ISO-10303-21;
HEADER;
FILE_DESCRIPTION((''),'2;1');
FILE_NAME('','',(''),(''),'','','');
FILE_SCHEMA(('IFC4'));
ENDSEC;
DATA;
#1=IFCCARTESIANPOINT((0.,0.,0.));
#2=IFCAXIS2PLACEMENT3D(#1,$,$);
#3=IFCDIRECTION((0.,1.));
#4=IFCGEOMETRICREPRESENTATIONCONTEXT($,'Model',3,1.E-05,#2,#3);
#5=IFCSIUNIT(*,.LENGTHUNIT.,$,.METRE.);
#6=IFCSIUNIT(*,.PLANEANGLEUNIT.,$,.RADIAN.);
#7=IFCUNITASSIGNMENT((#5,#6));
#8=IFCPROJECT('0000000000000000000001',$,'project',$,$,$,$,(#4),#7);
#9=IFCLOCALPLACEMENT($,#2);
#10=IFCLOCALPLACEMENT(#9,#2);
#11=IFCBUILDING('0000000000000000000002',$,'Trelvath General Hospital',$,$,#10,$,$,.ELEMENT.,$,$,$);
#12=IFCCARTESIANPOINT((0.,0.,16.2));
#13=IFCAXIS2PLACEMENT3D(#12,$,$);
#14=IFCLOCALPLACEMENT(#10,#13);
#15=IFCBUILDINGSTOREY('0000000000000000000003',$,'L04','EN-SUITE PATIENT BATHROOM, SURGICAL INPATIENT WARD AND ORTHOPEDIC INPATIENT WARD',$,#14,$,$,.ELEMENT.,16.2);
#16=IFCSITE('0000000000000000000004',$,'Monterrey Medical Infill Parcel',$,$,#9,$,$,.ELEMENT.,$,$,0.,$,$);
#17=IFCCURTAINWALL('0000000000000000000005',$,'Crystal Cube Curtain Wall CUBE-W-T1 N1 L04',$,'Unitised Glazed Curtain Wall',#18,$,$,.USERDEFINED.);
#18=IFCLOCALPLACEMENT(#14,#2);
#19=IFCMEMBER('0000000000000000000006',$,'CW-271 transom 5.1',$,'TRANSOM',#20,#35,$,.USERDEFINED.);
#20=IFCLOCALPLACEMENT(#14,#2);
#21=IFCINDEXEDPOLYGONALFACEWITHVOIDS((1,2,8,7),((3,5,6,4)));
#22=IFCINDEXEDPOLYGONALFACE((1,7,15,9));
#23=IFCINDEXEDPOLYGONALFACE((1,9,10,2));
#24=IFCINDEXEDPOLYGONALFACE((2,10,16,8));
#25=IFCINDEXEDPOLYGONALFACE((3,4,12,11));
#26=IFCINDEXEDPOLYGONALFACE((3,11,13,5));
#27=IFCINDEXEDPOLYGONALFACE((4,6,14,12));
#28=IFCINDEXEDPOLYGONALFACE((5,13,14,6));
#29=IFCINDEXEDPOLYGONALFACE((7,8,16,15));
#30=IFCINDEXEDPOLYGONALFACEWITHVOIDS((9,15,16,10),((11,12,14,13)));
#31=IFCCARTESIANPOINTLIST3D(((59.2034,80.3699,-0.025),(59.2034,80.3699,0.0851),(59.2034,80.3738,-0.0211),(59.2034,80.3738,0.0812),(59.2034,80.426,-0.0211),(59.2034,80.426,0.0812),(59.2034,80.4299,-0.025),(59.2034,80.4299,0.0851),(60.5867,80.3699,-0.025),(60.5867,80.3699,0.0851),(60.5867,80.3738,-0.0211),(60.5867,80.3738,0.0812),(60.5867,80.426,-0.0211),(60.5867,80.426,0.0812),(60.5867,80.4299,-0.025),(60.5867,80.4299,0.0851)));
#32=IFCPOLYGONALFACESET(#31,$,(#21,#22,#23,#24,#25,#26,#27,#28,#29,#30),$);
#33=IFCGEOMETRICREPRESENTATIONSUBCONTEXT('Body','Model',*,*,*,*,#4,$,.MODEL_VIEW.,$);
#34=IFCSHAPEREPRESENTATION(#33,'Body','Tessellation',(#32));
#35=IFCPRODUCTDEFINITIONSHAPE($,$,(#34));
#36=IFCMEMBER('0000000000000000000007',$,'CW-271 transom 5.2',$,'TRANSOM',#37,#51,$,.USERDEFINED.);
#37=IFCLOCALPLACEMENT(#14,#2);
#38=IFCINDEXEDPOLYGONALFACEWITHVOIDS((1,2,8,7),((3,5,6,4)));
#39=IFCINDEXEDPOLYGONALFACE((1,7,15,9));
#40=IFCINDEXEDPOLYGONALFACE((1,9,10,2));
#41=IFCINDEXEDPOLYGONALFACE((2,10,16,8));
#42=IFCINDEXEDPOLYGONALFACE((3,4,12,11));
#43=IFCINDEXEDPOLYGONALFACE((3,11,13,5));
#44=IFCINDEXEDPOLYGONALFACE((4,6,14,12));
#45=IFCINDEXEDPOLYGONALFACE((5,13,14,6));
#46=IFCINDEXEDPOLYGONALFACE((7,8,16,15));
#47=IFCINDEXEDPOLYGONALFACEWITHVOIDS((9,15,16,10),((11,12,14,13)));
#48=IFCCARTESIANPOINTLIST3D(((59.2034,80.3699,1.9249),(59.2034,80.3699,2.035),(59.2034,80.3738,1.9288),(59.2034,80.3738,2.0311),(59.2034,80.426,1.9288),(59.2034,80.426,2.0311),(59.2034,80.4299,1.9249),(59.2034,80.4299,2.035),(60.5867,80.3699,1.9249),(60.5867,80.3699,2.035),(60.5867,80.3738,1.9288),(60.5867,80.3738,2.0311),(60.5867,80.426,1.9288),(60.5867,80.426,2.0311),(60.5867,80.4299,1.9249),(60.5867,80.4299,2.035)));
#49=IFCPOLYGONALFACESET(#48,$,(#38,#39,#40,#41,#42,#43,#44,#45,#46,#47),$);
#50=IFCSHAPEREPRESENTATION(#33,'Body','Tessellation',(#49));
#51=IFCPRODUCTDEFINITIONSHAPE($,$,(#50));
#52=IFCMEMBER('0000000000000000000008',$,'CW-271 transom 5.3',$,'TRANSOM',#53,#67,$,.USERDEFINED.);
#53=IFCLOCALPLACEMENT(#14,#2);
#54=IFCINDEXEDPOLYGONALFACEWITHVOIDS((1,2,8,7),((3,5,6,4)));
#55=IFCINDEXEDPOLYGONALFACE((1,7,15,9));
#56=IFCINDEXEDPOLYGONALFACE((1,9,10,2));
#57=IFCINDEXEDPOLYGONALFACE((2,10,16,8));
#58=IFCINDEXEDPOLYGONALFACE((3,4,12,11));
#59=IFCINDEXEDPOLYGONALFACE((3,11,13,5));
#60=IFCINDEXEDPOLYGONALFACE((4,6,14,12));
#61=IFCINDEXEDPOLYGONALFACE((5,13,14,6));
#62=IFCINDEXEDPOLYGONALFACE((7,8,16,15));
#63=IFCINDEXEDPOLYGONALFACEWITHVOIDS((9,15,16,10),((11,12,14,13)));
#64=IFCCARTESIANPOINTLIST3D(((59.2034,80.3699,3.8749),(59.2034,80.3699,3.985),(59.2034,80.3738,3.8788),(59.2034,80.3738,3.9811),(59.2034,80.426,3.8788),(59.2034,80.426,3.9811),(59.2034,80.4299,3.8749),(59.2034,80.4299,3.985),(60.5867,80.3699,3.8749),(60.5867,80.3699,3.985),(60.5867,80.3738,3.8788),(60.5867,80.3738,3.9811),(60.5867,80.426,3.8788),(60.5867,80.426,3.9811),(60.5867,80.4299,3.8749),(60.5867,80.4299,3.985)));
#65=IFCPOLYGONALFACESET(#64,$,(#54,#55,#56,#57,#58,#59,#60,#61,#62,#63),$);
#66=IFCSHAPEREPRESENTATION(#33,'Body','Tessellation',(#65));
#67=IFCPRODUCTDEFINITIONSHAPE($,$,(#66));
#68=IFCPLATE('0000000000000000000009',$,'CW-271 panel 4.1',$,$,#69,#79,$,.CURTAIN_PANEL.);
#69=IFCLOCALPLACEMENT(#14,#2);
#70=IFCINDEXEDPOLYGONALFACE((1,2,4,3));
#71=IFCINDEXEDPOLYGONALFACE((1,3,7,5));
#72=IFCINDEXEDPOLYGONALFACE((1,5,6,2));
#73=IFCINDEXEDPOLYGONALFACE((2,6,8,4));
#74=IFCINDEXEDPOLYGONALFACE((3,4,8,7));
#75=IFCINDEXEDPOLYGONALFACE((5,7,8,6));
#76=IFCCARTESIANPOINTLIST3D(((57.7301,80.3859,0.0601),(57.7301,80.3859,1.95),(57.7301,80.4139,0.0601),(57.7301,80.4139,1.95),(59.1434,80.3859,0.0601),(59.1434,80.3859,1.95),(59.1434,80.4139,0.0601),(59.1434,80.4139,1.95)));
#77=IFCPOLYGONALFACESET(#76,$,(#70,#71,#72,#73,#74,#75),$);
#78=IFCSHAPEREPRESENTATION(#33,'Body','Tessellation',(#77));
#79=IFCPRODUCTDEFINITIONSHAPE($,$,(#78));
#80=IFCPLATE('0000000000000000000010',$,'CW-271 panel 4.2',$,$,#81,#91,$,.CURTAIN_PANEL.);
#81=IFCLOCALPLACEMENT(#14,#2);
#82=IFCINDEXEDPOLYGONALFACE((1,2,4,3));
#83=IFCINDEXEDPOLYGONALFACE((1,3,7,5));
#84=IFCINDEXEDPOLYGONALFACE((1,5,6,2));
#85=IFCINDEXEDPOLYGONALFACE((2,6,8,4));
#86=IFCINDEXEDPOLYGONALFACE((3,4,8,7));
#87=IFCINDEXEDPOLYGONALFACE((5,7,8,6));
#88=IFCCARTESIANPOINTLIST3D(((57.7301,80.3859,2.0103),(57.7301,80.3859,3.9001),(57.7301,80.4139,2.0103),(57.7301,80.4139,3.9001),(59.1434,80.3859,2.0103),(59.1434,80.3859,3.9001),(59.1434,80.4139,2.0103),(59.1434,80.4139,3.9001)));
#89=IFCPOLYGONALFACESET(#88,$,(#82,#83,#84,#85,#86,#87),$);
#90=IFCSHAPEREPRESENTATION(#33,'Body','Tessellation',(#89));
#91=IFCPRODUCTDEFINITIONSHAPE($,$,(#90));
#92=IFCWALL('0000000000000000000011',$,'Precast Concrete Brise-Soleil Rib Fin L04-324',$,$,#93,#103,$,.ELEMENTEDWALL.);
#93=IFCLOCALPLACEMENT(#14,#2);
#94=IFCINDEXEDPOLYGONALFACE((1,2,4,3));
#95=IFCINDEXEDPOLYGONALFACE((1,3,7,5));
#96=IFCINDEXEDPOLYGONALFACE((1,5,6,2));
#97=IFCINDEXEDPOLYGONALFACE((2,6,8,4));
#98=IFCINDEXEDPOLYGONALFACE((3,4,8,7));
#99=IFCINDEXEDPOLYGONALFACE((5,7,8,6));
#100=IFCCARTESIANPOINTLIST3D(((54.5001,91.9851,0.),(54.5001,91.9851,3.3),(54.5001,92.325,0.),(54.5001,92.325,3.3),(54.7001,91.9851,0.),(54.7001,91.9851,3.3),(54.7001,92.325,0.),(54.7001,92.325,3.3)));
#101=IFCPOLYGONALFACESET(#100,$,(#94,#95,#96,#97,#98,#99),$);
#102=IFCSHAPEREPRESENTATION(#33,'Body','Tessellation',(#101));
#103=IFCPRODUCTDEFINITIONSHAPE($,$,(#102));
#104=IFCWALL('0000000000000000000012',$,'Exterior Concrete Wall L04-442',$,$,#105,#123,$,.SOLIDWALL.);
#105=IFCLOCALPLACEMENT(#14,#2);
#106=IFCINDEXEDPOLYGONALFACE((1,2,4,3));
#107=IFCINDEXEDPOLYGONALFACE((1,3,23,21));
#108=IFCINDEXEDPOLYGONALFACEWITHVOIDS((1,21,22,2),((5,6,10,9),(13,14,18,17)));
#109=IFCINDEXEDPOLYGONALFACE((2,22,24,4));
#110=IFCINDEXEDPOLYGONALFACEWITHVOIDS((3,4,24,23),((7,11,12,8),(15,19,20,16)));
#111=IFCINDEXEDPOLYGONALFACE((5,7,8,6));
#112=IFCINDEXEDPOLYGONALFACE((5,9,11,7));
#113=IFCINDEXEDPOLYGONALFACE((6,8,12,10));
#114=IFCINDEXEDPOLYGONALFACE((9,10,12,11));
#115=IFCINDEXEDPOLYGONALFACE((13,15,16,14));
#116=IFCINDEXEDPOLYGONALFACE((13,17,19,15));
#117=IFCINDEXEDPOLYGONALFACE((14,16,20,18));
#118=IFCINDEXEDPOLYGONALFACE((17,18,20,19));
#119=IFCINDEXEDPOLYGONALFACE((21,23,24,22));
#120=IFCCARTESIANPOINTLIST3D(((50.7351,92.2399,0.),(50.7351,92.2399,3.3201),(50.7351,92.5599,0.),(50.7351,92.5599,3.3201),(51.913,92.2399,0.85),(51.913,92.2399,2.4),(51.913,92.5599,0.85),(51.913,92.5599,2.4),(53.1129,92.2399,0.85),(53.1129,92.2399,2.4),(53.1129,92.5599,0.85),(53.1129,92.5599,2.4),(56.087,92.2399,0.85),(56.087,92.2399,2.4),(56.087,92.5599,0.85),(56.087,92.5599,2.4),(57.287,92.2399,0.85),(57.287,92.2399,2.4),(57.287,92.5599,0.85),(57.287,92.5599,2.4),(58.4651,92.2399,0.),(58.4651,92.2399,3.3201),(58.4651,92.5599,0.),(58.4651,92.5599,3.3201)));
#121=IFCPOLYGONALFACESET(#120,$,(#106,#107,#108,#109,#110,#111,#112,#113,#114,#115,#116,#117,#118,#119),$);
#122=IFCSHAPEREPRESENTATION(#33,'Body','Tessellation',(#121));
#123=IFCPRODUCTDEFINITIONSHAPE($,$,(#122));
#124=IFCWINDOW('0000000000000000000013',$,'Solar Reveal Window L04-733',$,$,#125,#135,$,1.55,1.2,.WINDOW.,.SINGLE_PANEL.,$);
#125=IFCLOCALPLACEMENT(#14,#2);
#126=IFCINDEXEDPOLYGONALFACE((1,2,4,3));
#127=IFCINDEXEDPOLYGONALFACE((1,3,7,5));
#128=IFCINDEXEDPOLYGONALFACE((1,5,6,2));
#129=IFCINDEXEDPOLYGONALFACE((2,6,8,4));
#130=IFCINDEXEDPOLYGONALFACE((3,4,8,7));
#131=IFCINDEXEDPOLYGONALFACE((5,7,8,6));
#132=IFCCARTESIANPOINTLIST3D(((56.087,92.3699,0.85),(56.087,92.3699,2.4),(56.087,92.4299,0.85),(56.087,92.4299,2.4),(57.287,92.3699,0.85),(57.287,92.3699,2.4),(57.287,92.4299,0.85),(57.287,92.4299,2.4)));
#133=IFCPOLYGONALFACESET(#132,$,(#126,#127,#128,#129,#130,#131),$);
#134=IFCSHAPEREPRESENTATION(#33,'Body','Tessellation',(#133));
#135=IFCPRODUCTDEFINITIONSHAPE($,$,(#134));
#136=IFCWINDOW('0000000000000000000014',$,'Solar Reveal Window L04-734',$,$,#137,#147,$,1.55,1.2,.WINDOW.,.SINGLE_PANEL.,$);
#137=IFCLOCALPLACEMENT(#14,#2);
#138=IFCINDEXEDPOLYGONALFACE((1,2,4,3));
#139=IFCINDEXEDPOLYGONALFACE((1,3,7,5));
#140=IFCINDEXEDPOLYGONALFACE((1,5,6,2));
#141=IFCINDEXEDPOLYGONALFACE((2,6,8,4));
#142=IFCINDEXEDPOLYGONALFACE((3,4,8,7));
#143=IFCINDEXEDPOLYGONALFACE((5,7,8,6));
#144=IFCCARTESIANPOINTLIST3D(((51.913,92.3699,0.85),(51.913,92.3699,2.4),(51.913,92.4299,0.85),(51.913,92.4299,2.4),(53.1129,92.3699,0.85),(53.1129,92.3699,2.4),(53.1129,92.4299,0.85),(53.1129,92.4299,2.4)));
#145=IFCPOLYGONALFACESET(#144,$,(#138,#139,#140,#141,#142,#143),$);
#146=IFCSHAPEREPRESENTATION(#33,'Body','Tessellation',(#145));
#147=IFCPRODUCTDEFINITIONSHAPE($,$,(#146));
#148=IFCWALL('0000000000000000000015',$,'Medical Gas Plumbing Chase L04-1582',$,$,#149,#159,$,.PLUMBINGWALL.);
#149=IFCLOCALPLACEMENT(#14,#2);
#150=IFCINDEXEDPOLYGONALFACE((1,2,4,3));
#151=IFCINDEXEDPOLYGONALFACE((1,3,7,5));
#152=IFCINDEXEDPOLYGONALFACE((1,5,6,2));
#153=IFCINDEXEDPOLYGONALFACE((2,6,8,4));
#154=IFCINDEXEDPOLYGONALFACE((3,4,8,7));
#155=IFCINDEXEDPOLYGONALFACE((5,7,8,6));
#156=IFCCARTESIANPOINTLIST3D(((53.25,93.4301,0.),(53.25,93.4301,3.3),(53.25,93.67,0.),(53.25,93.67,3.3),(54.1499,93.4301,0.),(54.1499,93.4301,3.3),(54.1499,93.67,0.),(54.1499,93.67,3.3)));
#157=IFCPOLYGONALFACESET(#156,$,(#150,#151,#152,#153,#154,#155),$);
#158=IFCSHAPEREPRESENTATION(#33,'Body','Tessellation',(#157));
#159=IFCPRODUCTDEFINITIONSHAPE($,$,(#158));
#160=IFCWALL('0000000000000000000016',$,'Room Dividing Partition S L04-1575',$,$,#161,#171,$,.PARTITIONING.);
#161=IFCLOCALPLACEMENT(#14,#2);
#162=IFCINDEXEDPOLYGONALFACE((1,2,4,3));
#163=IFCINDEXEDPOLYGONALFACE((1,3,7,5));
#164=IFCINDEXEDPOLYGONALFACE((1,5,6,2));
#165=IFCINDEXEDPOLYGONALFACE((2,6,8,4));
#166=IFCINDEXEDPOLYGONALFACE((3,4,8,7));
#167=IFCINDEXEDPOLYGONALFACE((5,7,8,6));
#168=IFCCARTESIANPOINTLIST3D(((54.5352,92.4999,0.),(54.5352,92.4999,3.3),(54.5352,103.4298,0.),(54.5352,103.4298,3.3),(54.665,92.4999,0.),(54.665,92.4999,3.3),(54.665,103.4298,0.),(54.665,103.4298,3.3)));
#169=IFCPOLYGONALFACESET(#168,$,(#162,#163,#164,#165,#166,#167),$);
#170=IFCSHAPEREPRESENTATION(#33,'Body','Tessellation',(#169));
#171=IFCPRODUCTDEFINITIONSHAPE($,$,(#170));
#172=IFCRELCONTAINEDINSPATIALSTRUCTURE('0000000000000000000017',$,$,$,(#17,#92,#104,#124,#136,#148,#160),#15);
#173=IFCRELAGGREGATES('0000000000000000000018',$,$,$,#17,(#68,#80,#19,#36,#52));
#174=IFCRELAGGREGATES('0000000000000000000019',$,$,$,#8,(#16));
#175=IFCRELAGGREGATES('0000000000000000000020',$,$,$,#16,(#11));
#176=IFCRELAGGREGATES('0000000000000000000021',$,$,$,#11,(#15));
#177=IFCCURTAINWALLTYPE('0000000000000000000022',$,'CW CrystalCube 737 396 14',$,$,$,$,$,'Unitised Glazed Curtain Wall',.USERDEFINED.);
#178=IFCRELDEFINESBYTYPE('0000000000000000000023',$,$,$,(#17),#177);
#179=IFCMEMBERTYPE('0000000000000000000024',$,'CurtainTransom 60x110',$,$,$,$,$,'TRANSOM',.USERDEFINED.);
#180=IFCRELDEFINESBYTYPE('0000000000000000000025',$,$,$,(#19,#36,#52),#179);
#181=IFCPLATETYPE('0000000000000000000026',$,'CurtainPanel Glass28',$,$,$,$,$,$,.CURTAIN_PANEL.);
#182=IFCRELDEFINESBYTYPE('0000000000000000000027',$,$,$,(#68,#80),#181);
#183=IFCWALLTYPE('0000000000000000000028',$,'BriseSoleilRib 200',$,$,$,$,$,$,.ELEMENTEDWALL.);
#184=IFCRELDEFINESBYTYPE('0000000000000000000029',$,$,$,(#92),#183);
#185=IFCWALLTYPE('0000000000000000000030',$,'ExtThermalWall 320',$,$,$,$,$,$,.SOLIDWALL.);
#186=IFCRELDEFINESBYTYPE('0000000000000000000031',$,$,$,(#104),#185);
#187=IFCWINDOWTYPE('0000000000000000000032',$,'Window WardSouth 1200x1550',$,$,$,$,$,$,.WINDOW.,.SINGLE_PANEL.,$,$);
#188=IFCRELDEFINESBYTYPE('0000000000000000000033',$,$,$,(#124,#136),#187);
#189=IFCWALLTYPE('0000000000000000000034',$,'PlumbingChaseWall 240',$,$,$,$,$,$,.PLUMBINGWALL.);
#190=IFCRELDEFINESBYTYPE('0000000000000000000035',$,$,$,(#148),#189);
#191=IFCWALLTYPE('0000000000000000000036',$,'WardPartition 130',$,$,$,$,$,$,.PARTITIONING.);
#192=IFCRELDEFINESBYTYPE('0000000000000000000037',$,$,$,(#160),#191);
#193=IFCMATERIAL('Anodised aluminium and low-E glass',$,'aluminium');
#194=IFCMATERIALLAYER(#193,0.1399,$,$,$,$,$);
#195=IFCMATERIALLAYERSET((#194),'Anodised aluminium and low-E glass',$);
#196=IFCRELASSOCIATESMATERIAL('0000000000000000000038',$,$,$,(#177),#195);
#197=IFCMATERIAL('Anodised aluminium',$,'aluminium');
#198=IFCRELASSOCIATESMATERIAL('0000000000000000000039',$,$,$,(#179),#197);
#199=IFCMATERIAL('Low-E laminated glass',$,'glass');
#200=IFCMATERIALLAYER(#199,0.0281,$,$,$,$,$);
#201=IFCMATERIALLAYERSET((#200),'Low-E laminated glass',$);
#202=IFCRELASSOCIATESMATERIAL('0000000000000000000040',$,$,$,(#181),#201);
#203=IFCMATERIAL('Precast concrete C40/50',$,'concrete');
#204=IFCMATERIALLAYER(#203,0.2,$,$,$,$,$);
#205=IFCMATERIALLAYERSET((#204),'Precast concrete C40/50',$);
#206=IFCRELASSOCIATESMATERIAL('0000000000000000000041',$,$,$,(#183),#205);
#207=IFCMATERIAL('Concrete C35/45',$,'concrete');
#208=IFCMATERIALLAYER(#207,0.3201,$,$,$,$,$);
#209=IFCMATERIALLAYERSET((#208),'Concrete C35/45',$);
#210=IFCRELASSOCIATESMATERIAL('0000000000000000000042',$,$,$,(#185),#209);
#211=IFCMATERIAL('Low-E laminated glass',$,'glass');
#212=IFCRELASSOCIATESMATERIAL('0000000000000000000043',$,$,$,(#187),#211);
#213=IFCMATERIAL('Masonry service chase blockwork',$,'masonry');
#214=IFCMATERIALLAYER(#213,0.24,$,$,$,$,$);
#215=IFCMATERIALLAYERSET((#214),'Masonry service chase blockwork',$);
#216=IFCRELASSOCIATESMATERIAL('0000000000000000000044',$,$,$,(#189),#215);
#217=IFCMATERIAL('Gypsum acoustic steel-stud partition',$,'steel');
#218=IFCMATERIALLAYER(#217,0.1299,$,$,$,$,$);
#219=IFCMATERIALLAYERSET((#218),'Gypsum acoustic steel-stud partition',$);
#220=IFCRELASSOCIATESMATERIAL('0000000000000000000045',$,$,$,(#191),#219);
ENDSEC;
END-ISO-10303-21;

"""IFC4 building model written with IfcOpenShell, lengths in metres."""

from ifc_helpers import new_model, si_unit, direction, frame, frame_2d, origin, origin_2d, place, context, subcontext, project, spatial, rectangle, hollow_rectangle, extrude, material, layer, layer_set, material_profile, profile_set, type_object, element, fill, aggregate, save


model = new_model("IFC4")

# Units and contexts
model_context = context("Model", 3, precision=1e-05, world=origin(), true_north=direction((0.0, 1.0)))
body_context = subcontext(model_context, "Body", "Model", "MODEL_VIEW")
ifc_project = project(units=[si_unit("LENGTHUNIT", "METRE"), si_unit("PLANEANGLEUNIT", "RADIAN")], contexts=[model_context])

# Site, building, storey
site_placement = place(None, origin())
site = spatial("IfcSite", under=ifc_project, at=site_placement, Name="Monterrey Medical Infill Parcel", CompositionType="ELEMENT", RefElevation=0.0)
building_placement = place(site_placement, origin())
building = spatial("IfcBuilding", under=site, at=building_placement, Name="Trelvath General Hospital", CompositionType="ELEMENT")
storey_placement = place(building_placement, frame((0.0, 0.0, 16.2)))
storey = spatial("IfcBuildingStorey", under=building, at=storey_placement, Name="L04", Description="EN-SUITE PATIENT BATHROOM, SURGICAL INPATIENT WARD AND ORTHOPEDIC INPATIENT WARD", CompositionType="ELEMENT", Elevation=16.2)

# Curtain wall, members, plates
ifc_material_1 = material(Name="Anodised aluminium and low-E glass", Category="aluminium")
ifc_layer_1 = layer(ifc_material_1, 0.1399)
ifc_layer_set_1 = layer_set([ifc_layer_1], Name="Anodised aluminium and low-E glass")
curtain_wall_type = type_object("IfcCurtainWallType", Name="CW CrystalCube 737 396 14", ElementType="Unitised Glazed Curtain Wall", PredefinedType="USERDEFINED", material=ifc_layer_set_1)
curtain_wall_placement = place(storey_placement, origin())
curtain_wall = element("IfcCurtainWall", 1, at=curtain_wall_placement, inside=storey, type_object=curtain_wall_type, Name="Crystal Cube Curtain Wall CUBE-W-T1 N1 L04", ObjectType="Unitised Glazed Curtain Wall", PredefinedType="USERDEFINED")
ifc_material_2 = material(Name="Anodised aluminium", Category="aluminium")
ifc_material_profile_1 = material_profile(ifc_material_2, hollow_rectangle(XDim=0.0601, YDim=0.1101, WallThickness=0.0039, at=origin_2d()), Name="RHS60x110x4")
ifc_profile_set_1 = profile_set([ifc_material_profile_1], Name="Anodised aluminium")
member_type_1 = type_object("IfcMemberType", Name="CurtainTransom 60x110", ElementType="TRANSOM", PredefinedType="USERDEFINED", material=ifc_profile_set_1)
member_1_placement = place(storey_placement, frame((59.2034, 80.3999, 0.03), z_axis=(1.0, 0.0, 0.0), x_axis=(0.0, 1.0, 0.0)))
member_1 = element("IfcMember", 2, at=member_1_placement, type_object=member_type_1, Name="CW-271 transom 5.1", ObjectType="TRANSOM", PredefinedType="USERDEFINED", context=body_context, shape_type="SweptSolid", body=[
    extrude(hollow_rectangle(XDim=0.0601, YDim=0.1101, WallThickness=0.0039, at=origin_2d()), origin(), (0.0, 0.0, 1.0), 1.3833),
])
member_2_placement = place(storey_placement, frame((59.2034, 80.3999, 1.98), z_axis=(1.0, 0.0, 0.0), x_axis=(0.0, 1.0, 0.0)))
member_2 = element("IfcMember", 3, at=member_2_placement, type_object=member_type_1, Name="CW-271 transom 5.2", ObjectType="TRANSOM", PredefinedType="USERDEFINED", context=body_context, shape_type="SweptSolid", body=[
    extrude(hollow_rectangle(XDim=0.0601, YDim=0.1101, WallThickness=0.0039, at=origin_2d()), origin(), (0.0, 0.0, 1.0), 1.3833),
])
member_3_placement = place(storey_placement, frame((59.2034, 80.3999, 3.9299), z_axis=(1.0, 0.0, 0.0), x_axis=(0.0, 1.0, 0.0)))
member_3 = element("IfcMember", 4, at=member_3_placement, type_object=member_type_1, Name="CW-271 transom 5.3", ObjectType="TRANSOM", PredefinedType="USERDEFINED", context=body_context, shape_type="SweptSolid", body=[
    extrude(hollow_rectangle(XDim=0.0601, YDim=0.1101, WallThickness=0.0039, at=origin_2d()), origin(), (0.0, 0.0, 1.0), 1.3833),
])
ifc_material_3 = material(Name="Low-E laminated glass", Category="glass")
ifc_layer_2 = layer(ifc_material_3, 0.0281)
ifc_layer_set_2 = layer_set([ifc_layer_2], Name="Low-E laminated glass")
plate_type = type_object("IfcPlateType", Name="CurtainPanel Glass28", PredefinedType="CURTAIN_PANEL", material=ifc_layer_set_2)
plate_1_placement = place(storey_placement, frame((58.4368, 80.3999, 0.0601), z_axis=(0.0, 0.0, 1.0), x_axis=(1.0, 0.0, 0.0)))
plate_1 = element("IfcPlate", 5, at=plate_1_placement, type_object=plate_type, Name="CW-271 panel 4.1", PredefinedType="CURTAIN_PANEL", context=body_context, shape_type="SweptSolid", body=[
    extrude(rectangle(XDim=1.4133, YDim=0.0281, at=origin_2d()), origin(), (0.0, 0.0, 1.0), 1.8899),
])
plate_2_placement = place(storey_placement, frame((58.4368, 80.3999, 2.0103), z_axis=(0.0, 0.0, 1.0), x_axis=(1.0, 0.0, 0.0)))
plate_2 = element("IfcPlate", 6, at=plate_2_placement, type_object=plate_type, Name="CW-271 panel 4.2", PredefinedType="CURTAIN_PANEL", context=body_context, shape_type="SweptSolid", body=[
    extrude(rectangle(XDim=1.4133, YDim=0.0281, at=origin_2d()), origin(), (0.0, 0.0, 1.0), 1.8899),
])
aggregate(curtain_wall, [plate_1, plate_2, member_1, member_2, member_3])

# Wall
ifc_material_4 = material(Name="Precast concrete C40/50", Category="concrete")
ifc_layer_3 = layer(ifc_material_4, 0.2)
ifc_layer_set_3 = layer_set([ifc_layer_3], Name="Precast concrete C40/50")
wall_type_1 = type_object("IfcWallType", Name="BriseSoleilRib 200", PredefinedType="ELEMENTEDWALL", material=ifc_layer_set_3)
wall_1_placement = place(storey_placement, frame((54.6001, 92.325, 0.0), z_axis=(0.0, 0.0, 1.0), x_axis=(0.0, -1.0, 0.0)))
element("IfcWall", 7, at=wall_1_placement, inside=storey, type_object=wall_type_1, Name="Precast Concrete Brise-Soleil Rib Fin L04-324", PredefinedType="ELEMENTEDWALL", context=body_context, shape_type="SweptSolid", body=[
    extrude(rectangle(XDim=0.3398, YDim=0.2, at=frame_2d((0.1699, 0.0))), origin(), (0.0, 0.0, 1.0), 3.3),
])

# Wall, openings, windows
ifc_material_5 = material(Name="Concrete C35/45", Category="concrete")
ifc_layer_4 = layer(ifc_material_5, 0.3201)
ifc_layer_set_4 = layer_set([ifc_layer_4], Name="Concrete C35/45")
wall_type_2 = type_object("IfcWallType", Name="ExtThermalWall 320", PredefinedType="SOLIDWALL", material=ifc_layer_set_4)
wall_2_placement = place(storey_placement, frame((58.4651, 92.3999, 0.0), z_axis=(0.0, 0.0, 1.0), x_axis=(-1.0, 0.0, 0.0)))
wall_2 = element("IfcWall", 8, at=wall_2_placement, inside=storey, type_object=wall_type_2, Name="Exterior Concrete Wall L04-442", PredefinedType="SOLIDWALL", context=body_context, shape_type="SweptSolid", body=[
    extrude(rectangle(XDim=7.73, YDim=0.3201, at=frame_2d((3.865, 0.0))), origin(), (0.0, 0.0, 1.0), 3.3201),
])
opening_1_placement = place(wall_2_placement, frame((1.178, 0.0, 0.8501)))
opening_1 = element("IfcOpeningElement", 9, at=opening_1_placement, cuts=wall_2, PredefinedType="OPENING", context=body_context, shape_type="SweptSolid", body=[
    extrude(rectangle(XDim=1.2, YDim=1.55, at=frame_2d((0.6001, 0.7749))), frame((0.0, 0.1699, 0.0), z_axis=(0.0, -1.0, 0.0), x_axis=(1.0, 0.0, 0.0)), (0.0, 0.0, 1.0), 0.3401),
])
opening_2_placement = place(wall_2_placement, frame((5.3521, 0.0, 0.8501)))
opening_2 = element("IfcOpeningElement", 10, at=opening_2_placement, cuts=wall_2, PredefinedType="OPENING", context=body_context, shape_type="SweptSolid", body=[
    extrude(rectangle(XDim=1.2, YDim=1.55, at=frame_2d((0.6001, 0.7749))), frame((0.0, 0.1699, 0.0), z_axis=(0.0, -1.0, 0.0), x_axis=(1.0, 0.0, 0.0)), (0.0, 0.0, 1.0), 0.3401),
])
ifc_material_6 = material(Name="Low-E laminated glass", Category="glass")
window_type = type_object("IfcWindowType", Name="Window WardSouth 1200x1550", PartitioningType="SINGLE_PANEL", PredefinedType="WINDOW", material=ifc_material_6)
window_1_placement = place(opening_1_placement, origin())
window_1 = element("IfcWindow", 11, at=window_1_placement, inside=storey, type_object=window_type, Name="Solar Reveal Window L04-733", OverallHeight=1.55, OverallWidth=1.2, PartitioningType="SINGLE_PANEL", PredefinedType="WINDOW", context=body_context, shape_type="SweptSolid", body=[
    extrude(rectangle(XDim=1.2, YDim=1.55, at=frame_2d((0.6001, 0.7749))), frame((0.0, 0.03, 0.0), z_axis=(0.0, -1.0, 0.0), x_axis=(1.0, 0.0, 0.0)), (0.0, 0.0, 1.0), 0.0601),
])
fill(opening_1, window_1)
window_2_placement = place(opening_2_placement, origin())
window_2 = element("IfcWindow", 12, at=window_2_placement, inside=storey, type_object=window_type, Name="Solar Reveal Window L04-734", OverallHeight=1.55, OverallWidth=1.2, PartitioningType="SINGLE_PANEL", PredefinedType="WINDOW", context=body_context, shape_type="SweptSolid", body=[
    extrude(rectangle(XDim=1.2, YDim=1.55, at=frame_2d((0.6001, 0.7749))), frame((0.0, 0.03, 0.0), z_axis=(0.0, -1.0, 0.0), x_axis=(1.0, 0.0, 0.0)), (0.0, 0.0, 1.0), 0.0601),
])
fill(opening_2, window_2)

# Walls
ifc_material_7 = material(Name="Masonry service chase blockwork", Category="masonry")
ifc_layer_5 = layer(ifc_material_7, 0.24)
ifc_layer_set_5 = layer_set([ifc_layer_5], Name="Masonry service chase blockwork")
wall_type_3 = type_object("IfcWallType", Name="PlumbingChaseWall 240", PredefinedType="PLUMBINGWALL", material=ifc_layer_set_5)
wall_3_placement = place(storey_placement, frame((53.25, 93.55, 0.0), z_axis=(0.0, 0.0, 1.0), x_axis=(1.0, 0.0, 0.0)))
element("IfcWall", 13, at=wall_3_placement, inside=storey, type_object=wall_type_3, Name="Medical Gas Plumbing Chase L04-1582", PredefinedType="PLUMBINGWALL", context=body_context, shape_type="SweptSolid", body=[
    extrude(rectangle(XDim=0.8999, YDim=0.24, at=frame_2d((0.45, 0.0))), origin(), (0.0, 0.0, 1.0), 3.3),
])
ifc_material_8 = material(Name="Gypsum acoustic steel-stud partition", Category="steel")
ifc_layer_6 = layer(ifc_material_8, 0.1299)
ifc_layer_set_6 = layer_set([ifc_layer_6], Name="Gypsum acoustic steel-stud partition")
wall_type_4 = type_object("IfcWallType", Name="WardPartition 130", PredefinedType="PARTITIONING", material=ifc_layer_set_6)
wall_4_placement = place(storey_placement, frame((54.6001, 92.5, 0.0), z_axis=(0.0, 0.0, 1.0), x_axis=(0.0, 1.0, 0.0)))
element("IfcWall", 14, at=wall_4_placement, inside=storey, type_object=wall_type_4, Name="Room Dividing Partition S L04-1575", PredefinedType="PARTITIONING", context=body_context, shape_type="SweptSolid", body=[
    extrude(rectangle(XDim=10.9299, YDim=0.1299, at=frame_2d((5.4648, 0.0))), origin(), (0.0, 0.0, 1.0), 3.3),
])

save(model, "model.ifc")
